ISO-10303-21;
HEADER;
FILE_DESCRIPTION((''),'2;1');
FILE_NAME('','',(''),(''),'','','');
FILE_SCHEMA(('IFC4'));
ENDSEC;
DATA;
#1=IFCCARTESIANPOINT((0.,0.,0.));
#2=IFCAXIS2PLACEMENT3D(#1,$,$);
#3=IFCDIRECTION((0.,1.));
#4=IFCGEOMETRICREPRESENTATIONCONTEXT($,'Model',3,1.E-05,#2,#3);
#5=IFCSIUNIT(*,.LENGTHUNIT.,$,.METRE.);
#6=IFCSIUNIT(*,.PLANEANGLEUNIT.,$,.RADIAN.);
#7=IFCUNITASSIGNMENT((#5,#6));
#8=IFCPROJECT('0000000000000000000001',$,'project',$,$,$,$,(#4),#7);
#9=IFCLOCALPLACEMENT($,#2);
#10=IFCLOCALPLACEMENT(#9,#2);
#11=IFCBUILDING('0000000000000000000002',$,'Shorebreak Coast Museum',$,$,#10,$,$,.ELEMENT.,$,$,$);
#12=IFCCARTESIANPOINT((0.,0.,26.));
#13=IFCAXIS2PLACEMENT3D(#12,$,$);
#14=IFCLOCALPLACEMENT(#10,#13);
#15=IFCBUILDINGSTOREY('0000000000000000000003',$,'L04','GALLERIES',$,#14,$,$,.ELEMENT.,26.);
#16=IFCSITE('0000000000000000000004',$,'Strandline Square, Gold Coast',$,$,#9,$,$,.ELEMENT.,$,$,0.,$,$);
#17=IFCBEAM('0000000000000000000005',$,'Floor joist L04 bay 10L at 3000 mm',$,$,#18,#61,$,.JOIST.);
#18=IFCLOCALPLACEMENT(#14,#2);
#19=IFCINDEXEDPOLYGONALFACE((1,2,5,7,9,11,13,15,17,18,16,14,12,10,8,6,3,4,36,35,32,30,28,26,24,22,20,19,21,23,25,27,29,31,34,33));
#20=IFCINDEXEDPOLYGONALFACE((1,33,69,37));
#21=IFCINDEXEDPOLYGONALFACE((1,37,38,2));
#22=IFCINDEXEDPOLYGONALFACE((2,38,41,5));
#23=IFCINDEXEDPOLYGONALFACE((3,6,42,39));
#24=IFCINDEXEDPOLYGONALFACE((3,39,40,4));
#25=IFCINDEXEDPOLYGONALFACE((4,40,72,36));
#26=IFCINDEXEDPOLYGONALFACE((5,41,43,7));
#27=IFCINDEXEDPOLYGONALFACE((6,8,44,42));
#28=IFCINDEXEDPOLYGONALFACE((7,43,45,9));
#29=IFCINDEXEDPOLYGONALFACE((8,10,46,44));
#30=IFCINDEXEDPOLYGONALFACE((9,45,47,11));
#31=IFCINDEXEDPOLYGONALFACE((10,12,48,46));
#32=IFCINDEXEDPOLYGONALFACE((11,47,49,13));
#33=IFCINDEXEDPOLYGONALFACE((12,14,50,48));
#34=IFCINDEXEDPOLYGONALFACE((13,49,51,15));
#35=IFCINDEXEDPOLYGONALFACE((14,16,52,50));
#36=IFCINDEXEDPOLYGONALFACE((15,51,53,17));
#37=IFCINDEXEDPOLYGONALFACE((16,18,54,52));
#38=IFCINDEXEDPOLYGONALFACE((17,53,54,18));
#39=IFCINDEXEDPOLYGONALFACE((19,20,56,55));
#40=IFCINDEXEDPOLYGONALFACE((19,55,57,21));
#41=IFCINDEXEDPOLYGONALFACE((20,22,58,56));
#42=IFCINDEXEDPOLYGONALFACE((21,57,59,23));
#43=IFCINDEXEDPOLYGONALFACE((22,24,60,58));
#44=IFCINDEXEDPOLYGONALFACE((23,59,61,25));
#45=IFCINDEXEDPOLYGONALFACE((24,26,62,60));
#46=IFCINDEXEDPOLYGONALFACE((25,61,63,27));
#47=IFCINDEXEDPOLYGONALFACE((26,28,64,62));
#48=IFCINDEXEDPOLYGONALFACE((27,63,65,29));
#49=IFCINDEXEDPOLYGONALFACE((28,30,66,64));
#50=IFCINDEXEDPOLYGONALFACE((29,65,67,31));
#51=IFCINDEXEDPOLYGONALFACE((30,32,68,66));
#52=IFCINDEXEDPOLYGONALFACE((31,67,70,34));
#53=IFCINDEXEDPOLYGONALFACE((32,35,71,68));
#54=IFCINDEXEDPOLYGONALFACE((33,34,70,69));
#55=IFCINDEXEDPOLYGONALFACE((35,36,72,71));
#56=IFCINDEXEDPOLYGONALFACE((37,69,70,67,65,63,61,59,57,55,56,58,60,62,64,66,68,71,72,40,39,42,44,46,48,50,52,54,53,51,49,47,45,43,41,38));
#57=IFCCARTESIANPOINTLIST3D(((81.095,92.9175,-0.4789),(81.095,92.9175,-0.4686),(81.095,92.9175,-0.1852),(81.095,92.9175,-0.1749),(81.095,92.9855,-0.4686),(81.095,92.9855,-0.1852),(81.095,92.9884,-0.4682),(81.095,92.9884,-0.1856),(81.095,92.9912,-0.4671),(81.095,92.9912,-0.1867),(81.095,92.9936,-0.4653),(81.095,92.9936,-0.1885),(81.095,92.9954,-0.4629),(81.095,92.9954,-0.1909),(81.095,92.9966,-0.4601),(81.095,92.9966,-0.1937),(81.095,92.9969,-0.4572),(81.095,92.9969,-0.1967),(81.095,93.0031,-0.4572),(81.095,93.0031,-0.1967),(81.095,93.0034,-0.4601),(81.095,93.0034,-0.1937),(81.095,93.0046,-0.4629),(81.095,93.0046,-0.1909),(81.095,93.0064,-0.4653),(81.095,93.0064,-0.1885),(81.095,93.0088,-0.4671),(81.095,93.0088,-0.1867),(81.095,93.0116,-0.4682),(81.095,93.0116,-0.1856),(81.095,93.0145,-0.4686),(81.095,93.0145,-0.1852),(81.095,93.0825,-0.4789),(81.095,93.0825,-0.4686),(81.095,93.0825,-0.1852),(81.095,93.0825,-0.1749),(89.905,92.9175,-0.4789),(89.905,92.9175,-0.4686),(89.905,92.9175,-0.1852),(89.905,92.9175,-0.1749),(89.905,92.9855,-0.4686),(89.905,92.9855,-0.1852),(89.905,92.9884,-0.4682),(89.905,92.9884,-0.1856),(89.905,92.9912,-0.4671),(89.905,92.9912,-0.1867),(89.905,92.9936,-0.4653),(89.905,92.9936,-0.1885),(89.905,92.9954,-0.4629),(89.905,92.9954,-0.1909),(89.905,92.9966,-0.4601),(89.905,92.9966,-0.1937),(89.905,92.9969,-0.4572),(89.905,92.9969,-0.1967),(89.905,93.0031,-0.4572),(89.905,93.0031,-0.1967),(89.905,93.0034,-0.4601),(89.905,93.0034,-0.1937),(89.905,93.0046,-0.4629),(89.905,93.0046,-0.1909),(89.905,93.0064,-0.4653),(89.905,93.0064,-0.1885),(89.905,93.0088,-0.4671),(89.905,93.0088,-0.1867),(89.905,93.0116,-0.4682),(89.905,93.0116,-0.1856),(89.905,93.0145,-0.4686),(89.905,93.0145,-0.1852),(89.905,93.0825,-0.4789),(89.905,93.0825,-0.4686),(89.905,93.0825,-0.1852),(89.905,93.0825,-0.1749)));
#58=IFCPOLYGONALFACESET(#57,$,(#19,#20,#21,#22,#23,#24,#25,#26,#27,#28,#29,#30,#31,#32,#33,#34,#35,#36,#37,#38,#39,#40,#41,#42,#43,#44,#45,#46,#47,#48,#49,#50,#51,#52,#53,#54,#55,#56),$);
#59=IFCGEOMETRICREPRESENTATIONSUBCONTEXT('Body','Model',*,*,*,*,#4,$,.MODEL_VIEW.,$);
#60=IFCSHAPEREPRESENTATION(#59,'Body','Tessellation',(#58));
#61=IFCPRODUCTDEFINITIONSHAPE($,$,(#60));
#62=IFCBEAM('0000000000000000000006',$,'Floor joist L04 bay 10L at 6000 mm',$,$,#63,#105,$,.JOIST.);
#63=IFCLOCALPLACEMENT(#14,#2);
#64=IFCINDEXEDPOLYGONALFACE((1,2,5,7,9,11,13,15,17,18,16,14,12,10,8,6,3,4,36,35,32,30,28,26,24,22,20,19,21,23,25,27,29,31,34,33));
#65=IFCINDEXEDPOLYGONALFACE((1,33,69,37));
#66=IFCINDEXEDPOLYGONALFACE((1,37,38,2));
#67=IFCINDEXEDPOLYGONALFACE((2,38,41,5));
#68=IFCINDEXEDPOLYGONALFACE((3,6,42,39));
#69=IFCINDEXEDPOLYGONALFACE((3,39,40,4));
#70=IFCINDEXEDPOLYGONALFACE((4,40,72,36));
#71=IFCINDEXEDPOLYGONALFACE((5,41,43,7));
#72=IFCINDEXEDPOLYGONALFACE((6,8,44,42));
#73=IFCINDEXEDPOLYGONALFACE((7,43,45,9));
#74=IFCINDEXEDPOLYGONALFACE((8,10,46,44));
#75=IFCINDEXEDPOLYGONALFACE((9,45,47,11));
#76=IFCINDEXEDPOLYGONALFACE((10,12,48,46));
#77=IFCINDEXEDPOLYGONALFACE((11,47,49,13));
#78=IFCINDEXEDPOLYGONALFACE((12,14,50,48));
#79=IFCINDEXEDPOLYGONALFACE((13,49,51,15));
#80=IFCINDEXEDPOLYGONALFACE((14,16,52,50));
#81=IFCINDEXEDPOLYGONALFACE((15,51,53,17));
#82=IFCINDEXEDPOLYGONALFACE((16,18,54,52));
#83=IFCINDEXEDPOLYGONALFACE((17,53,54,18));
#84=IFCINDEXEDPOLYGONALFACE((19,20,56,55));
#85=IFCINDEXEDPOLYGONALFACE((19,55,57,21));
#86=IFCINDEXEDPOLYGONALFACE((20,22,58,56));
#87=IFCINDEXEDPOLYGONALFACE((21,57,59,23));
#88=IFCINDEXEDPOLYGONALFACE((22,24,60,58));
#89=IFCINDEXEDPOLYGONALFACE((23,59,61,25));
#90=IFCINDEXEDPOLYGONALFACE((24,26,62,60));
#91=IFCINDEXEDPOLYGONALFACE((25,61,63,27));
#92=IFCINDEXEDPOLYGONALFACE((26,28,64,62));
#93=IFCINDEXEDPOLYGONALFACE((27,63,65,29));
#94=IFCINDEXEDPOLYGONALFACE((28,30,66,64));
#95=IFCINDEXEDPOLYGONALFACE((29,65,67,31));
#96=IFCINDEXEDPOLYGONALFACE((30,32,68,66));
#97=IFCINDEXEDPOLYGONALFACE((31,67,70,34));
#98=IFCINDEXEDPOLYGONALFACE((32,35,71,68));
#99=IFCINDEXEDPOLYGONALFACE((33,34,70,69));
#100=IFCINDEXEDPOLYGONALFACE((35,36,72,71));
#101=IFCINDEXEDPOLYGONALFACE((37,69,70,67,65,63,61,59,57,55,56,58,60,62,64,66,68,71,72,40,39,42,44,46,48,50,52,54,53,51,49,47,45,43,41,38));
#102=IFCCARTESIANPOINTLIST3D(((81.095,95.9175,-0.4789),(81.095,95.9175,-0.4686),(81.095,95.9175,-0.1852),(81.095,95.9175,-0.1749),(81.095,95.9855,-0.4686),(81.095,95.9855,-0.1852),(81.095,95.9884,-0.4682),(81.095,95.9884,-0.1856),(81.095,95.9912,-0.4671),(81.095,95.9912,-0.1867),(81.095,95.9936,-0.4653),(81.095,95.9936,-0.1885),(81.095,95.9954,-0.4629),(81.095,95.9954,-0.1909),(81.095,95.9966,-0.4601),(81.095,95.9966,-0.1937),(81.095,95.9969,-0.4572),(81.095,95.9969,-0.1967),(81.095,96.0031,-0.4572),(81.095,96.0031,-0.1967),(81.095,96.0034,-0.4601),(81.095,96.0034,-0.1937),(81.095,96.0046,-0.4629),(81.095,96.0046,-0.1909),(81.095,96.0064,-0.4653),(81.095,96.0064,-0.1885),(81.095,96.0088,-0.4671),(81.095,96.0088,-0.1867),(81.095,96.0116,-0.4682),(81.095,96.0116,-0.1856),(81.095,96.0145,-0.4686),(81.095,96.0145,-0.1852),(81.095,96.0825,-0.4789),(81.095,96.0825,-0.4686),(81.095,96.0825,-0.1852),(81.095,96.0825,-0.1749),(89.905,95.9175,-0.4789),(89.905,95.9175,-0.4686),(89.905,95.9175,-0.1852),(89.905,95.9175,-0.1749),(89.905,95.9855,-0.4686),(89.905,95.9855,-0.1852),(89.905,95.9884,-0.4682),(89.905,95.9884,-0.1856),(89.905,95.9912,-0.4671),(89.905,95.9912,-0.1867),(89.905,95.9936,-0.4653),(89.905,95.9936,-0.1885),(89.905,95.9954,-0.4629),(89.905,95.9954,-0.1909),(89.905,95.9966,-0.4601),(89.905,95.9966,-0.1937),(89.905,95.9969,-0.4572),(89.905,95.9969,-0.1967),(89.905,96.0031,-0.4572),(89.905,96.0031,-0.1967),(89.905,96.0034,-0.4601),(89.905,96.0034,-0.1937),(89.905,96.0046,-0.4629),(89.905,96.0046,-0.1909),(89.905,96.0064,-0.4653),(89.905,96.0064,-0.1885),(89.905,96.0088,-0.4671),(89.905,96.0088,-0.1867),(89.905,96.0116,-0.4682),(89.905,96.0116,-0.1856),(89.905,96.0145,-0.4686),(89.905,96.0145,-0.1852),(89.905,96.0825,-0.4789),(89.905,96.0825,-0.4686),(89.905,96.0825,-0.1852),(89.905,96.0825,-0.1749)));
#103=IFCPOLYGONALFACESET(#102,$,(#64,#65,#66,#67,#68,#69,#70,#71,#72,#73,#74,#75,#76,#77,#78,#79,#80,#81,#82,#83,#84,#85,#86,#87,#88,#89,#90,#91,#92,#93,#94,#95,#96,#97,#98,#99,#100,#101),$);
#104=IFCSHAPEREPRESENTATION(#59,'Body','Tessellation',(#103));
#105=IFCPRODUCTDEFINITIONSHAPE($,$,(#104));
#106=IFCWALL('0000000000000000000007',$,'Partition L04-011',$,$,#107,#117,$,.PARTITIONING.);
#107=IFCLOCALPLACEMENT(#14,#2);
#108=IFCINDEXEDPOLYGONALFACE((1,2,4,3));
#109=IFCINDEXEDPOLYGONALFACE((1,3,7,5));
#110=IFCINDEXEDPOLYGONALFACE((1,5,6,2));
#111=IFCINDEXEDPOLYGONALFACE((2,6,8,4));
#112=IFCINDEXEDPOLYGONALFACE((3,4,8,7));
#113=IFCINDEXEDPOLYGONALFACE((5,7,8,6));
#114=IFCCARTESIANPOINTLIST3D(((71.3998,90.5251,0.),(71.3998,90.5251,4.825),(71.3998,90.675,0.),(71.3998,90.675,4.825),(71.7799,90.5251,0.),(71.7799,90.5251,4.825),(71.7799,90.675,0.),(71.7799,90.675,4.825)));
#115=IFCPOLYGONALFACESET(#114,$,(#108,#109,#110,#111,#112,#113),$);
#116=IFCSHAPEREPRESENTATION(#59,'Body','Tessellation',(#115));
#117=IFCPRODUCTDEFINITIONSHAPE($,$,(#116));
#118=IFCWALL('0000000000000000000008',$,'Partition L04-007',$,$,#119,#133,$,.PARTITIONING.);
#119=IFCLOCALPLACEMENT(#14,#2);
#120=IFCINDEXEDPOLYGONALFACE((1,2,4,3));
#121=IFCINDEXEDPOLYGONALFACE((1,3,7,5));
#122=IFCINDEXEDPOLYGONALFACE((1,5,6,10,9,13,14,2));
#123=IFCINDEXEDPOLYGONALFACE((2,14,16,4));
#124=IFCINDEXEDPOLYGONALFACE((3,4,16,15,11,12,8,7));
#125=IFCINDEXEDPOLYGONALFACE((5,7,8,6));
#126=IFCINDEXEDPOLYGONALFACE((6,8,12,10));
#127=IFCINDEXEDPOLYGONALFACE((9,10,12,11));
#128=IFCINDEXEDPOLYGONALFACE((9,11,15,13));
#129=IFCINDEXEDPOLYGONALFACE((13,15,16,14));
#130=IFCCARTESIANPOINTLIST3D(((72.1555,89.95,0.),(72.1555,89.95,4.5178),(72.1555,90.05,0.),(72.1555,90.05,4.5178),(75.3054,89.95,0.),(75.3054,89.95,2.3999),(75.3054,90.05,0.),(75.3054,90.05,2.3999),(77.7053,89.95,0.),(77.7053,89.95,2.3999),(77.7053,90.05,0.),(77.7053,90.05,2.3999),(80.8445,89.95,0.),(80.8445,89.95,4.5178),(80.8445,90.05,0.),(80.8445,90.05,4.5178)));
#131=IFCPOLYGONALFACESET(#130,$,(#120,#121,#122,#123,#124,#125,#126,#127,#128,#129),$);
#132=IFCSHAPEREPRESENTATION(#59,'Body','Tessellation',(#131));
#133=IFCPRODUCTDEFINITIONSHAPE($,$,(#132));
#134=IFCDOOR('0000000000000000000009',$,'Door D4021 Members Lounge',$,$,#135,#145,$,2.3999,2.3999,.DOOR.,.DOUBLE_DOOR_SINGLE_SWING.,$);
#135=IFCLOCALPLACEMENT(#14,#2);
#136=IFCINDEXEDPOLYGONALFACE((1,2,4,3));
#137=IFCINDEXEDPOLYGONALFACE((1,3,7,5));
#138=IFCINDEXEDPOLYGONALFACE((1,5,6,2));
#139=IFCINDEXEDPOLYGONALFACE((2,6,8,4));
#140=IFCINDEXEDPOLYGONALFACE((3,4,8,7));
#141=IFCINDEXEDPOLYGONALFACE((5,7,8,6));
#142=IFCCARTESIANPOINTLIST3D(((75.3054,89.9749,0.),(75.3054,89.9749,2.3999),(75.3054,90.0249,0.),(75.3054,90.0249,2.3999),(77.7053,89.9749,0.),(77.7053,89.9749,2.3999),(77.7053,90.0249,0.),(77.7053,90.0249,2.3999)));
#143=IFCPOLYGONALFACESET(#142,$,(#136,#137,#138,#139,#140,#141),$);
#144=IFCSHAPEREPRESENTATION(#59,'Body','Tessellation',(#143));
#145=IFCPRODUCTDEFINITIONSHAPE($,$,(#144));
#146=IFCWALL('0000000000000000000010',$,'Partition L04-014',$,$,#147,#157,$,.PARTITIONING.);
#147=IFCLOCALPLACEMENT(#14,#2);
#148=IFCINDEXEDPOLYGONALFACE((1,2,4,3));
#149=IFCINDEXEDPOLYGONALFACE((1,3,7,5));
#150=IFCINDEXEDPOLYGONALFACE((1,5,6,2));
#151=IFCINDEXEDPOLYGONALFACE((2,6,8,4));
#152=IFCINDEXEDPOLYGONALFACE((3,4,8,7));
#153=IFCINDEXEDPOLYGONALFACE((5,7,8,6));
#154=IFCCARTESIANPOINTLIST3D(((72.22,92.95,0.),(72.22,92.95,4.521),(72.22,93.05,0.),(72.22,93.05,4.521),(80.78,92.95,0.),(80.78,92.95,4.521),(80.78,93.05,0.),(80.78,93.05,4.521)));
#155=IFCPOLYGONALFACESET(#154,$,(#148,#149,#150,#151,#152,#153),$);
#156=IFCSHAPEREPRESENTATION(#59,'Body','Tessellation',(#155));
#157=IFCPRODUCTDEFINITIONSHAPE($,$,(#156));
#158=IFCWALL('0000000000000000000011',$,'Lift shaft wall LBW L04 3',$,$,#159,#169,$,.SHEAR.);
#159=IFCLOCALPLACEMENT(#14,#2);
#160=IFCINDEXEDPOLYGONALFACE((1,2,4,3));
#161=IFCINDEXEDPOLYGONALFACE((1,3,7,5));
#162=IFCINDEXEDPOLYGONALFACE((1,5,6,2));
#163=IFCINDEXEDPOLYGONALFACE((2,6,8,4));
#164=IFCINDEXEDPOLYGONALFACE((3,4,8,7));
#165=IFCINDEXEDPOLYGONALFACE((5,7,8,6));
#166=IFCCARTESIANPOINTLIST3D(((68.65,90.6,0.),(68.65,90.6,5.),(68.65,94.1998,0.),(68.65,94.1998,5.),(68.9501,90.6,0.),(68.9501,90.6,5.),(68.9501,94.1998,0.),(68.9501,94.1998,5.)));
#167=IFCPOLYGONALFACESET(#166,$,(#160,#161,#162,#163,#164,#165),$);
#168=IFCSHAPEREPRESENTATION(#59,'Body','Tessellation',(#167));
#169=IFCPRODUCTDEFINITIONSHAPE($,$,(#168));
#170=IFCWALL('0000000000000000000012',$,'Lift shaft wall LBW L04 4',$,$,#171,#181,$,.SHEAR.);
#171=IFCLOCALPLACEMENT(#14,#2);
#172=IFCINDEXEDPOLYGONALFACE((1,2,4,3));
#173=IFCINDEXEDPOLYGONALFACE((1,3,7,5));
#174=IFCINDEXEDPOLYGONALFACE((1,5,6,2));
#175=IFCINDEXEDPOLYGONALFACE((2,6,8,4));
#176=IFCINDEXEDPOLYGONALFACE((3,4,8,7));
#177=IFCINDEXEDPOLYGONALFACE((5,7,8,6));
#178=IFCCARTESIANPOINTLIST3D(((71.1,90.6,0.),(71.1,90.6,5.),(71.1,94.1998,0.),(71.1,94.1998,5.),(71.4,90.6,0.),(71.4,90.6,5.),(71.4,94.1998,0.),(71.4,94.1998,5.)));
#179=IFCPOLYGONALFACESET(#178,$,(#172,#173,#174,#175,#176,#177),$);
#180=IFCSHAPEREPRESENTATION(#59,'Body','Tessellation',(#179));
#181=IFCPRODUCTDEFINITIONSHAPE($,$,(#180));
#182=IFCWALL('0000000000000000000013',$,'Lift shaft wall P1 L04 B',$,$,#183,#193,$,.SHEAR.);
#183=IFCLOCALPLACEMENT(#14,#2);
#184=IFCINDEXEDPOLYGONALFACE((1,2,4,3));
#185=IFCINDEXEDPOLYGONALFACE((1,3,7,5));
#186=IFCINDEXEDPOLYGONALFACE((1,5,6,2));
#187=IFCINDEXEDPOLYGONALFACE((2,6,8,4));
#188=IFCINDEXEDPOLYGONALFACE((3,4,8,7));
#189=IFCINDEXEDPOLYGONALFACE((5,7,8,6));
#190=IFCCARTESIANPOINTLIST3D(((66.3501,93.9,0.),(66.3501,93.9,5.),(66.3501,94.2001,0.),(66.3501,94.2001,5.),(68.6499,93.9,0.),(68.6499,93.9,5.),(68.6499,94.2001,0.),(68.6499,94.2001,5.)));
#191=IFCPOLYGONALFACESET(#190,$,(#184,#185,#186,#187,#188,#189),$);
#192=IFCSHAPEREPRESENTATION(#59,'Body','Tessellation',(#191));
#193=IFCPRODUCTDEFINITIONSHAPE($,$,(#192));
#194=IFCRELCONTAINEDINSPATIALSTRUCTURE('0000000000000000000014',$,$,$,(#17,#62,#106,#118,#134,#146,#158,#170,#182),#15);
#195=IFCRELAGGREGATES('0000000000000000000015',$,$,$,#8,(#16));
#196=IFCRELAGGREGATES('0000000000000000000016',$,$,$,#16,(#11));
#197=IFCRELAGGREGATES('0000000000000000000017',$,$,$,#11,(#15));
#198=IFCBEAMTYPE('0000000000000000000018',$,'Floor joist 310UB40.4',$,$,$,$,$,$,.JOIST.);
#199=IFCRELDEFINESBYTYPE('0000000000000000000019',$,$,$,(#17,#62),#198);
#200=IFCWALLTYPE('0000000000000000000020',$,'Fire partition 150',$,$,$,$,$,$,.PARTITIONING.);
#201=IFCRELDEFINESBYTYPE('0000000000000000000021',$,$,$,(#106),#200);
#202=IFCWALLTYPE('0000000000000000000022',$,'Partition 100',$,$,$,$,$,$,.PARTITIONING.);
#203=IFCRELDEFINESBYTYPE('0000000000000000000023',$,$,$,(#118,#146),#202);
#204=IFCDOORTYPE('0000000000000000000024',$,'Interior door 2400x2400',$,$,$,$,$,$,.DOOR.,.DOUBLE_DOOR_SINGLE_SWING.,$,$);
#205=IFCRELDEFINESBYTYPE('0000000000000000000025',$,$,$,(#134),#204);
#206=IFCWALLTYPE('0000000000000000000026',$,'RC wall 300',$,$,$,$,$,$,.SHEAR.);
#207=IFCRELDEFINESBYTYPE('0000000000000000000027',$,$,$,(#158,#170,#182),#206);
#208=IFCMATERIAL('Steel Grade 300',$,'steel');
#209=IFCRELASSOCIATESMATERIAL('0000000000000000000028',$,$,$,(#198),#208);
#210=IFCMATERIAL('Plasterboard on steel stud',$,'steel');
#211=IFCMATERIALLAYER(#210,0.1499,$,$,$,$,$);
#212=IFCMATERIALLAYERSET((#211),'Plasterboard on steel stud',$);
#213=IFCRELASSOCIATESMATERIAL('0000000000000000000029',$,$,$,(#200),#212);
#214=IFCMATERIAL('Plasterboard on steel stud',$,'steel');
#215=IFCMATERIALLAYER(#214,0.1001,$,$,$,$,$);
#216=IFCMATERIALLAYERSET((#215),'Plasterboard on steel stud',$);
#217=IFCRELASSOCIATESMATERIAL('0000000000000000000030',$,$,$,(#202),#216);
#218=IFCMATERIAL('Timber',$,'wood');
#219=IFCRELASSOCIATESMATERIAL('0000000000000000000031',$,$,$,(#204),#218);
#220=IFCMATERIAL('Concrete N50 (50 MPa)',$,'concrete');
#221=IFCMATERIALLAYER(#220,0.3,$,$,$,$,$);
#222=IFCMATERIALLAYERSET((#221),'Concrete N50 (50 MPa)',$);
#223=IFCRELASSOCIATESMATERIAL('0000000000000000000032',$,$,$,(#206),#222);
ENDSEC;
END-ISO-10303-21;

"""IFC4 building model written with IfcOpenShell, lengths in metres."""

from ifc_helpers import new_model, si_unit, direction, frame, frame_2d, origin, origin_2d, place, context, subcontext, project, spatial, rectangle, i_section, extrude, material, layer, layer_set, material_profile, profile_set, type_object, element, fill, save


model = new_model("IFC4")

# Units and contexts
model_context = context("Model", 3, precision=1e-05, world=origin(), true_north=direction((0.0, 1.0)))
body_context = subcontext(model_context, "Body", "Model", "MODEL_VIEW")
ifc_project = project(units=[si_unit("LENGTHUNIT", "METRE"), si_unit("PLANEANGLEUNIT", "RADIAN")], contexts=[model_context])

# Site, building, storey
site_placement = place(None, origin())
site = spatial("IfcSite", under=ifc_project, at=site_placement, Name="Strandline Square, Gold Coast", CompositionType="ELEMENT", RefElevation=0.0)
building_placement = place(site_placement, origin())
building = spatial("IfcBuilding", under=site, at=building_placement, Name="Shorebreak Coast Museum", CompositionType="ELEMENT")
storey_placement = place(building_placement, frame((0.0, 0.0, 26.0)))
storey = spatial("IfcBuildingStorey", under=building, at=storey_placement, Name="L04", Description="GALLERIES", CompositionType="ELEMENT", Elevation=26.0)

# Beams
ifc_material_1 = material(Name="Steel Grade 300", Category="steel")
ifc_material_profile_1 = material_profile(ifc_material_1, i_section(OverallWidth=0.165, OverallDepth=0.304, WebThickness=0.0061, FlangeThickness=0.0103, FilletRadius=0.0115, at=origin_2d()), Name="310UB40.4")
ifc_profile_set_1 = profile_set([ifc_material_profile_1], Name="Steel Grade 300")
beam_type_1 = type_object("IfcBeamType", Name="Floor joist 310UB40.4", PredefinedType="JOIST", material=ifc_profile_set_1)
for number, where, z_axis, x_axis, name in (
    (1, (81.095, 93.0, -0.3269), (1.0, 0.0, 0.0), (0.0, 1.0, 0.0), "Floor joist L04 bay 10L at 3000 mm"),
    (2, (81.095, 96.0, -0.3269), (1.0, 0.0, 0.0), (0.0, 1.0, 0.0), "Floor joist L04 bay 10L at 6000 mm"),
):
    element("IfcBeam", number, at=place(storey_placement, frame(where, z_axis=z_axis, x_axis=x_axis)), inside=storey, type_object=beam_type_1, Name=name, PredefinedType="JOIST", context=body_context, shape_type="SweptSolid", body=[
        extrude(i_section(OverallWidth=0.165, OverallDepth=0.304, WebThickness=0.0061, FlangeThickness=0.0103, FilletRadius=0.0115, at=origin_2d()), origin(), (0.0, 0.0, 1.0), 8.8101),
    ])

# Wall
ifc_material_2 = material(Name="Plasterboard on steel stud", Category="steel")
ifc_layer_1 = layer(ifc_material_2, 0.1499)
ifc_layer_set_1 = layer_set([ifc_layer_1], Name="Plasterboard on steel stud")
wall_type_1 = type_object("IfcWallType", Name="Fire partition 150", PredefinedType="PARTITIONING", material=ifc_layer_set_1)
wall_1_placement = place(storey_placement, frame((71.3999, 90.6001, 0.0), z_axis=(0.0, 0.0, 1.0), x_axis=(1.0, 0.0, 0.0)))
element("IfcWall", 3, at=wall_1_placement, inside=storey, type_object=wall_type_1, Name="Partition L04-011", PredefinedType="PARTITIONING", context=body_context, shape_type="SweptSolid", body=[
    extrude(rectangle(XDim=0.3801, YDim=0.1499, at=frame_2d((0.1899, 0.0))), origin(), (0.0, 0.0, 1.0), 4.825),
])

# Wall, opening, door
ifc_material_3 = material(Name="Plasterboard on steel stud", Category="steel")
ifc_layer_2 = layer(ifc_material_3, 0.1001)
ifc_layer_set_2 = layer_set([ifc_layer_2], Name="Plasterboard on steel stud")
wall_type_2 = type_object("IfcWallType", Name="Partition 100", PredefinedType="PARTITIONING", material=ifc_layer_set_2)
wall_2_placement = place(storey_placement, frame((72.1555, 90.0, 0.0), z_axis=(0.0, 0.0, 1.0), x_axis=(1.0, 0.0, 0.0)))
wall_2 = element("IfcWall", 4, at=wall_2_placement, inside=storey, type_object=wall_type_2, Name="Partition L04-007", PredefinedType="PARTITIONING", context=body_context, shape_type="SweptSolid", body=[
    extrude(rectangle(XDim=8.689, YDim=0.1001, at=frame_2d((4.3445, 0.0))), origin(), (0.0, 0.0, 1.0), 4.5178),
])
opening_1_placement = place(wall_2_placement, frame((3.1499, 0.0, 0.0)))
opening_1 = element("IfcOpeningElement", 5, at=opening_1_placement, cuts=wall_2, PredefinedType="OPENING", context=body_context, shape_type="SweptSolid", body=[
    extrude(rectangle(XDim=2.3999, YDim=2.3999, at=frame_2d((1.2, 1.2))), frame((0.0, 0.0601, 0.0), z_axis=(0.0, -1.0, 0.0), x_axis=(1.0, 0.0, 0.0)), (0.0, 0.0, 1.0), 0.1201),
])
ifc_material_4 = material(Name="Timber", Category="wood")
door_type_1 = type_object("IfcDoorType", Name="Interior door 2400x2400", OperationType="DOUBLE_DOOR_SINGLE_SWING", PredefinedType="DOOR", material=ifc_material_4)
door_1_placement = place(opening_1_placement, origin())
door_1 = element("IfcDoor", 6, at=door_1_placement, inside=storey, type_object=door_type_1, Name="Door D4021 Members Lounge", OperationType="DOUBLE_DOOR_SINGLE_SWING", OverallHeight=2.3999, OverallWidth=2.3999, PredefinedType="DOOR", context=body_context, shape_type="SweptSolid", body=[
    extrude(rectangle(XDim=2.3999, YDim=2.3999, at=frame_2d((1.2, 1.2))), frame((0.0, 0.0249, 0.0), z_axis=(0.0, -1.0, 0.0), x_axis=(1.0, 0.0, 0.0)), (0.0, 0.0, 1.0), 0.05),
])
fill(opening_1, door_1)

# Walls
wall_3_placement = place(storey_placement, frame((72.22, 93.0, 0.0), z_axis=(0.0, 0.0, 1.0), x_axis=(1.0, 0.0, 0.0)))
element("IfcWall", 7, at=wall_3_placement, inside=storey, type_object=wall_type_2, Name="Partition L04-014", PredefinedType="PARTITIONING", context=body_context, shape_type="SweptSolid", body=[
    extrude(rectangle(XDim=8.5601, YDim=0.1001, at=frame_2d((4.28, 0.0))), origin(), (0.0, 0.0, 1.0), 4.521),
])
ifc_material_5 = material(Name="Concrete N50 (50 MPa)", Category="concrete")
ifc_layer_3 = layer(ifc_material_5, 0.3)
ifc_layer_set_3 = layer_set([ifc_layer_3], Name="Concrete N50 (50 MPa)")
wall_type_3 = type_object("IfcWallType", Name="RC wall 300", PredefinedType="SHEAR", material=ifc_layer_set_3)
for number, where, z_axis, x_axis, name in (
    (8, (68.8, 90.6001, 0.0), (0.0, 0.0, 1.0), (0.0, 1.0, 0.0), "Lift shaft wall LBW L04 3"),
    (9, (71.25, 90.6001, 0.0), (0.0, 0.0, 1.0), (0.0, 1.0, 0.0), "Lift shaft wall LBW L04 4"),
):
    element("IfcWall", number, at=place(storey_placement, frame(where, z_axis=z_axis, x_axis=x_axis)), inside=storey, type_object=wall_type_3, Name=name, PredefinedType="SHEAR", context=body_context, shape_type="SweptSolid", body=[
        extrude(rectangle(XDim=3.5999, YDim=0.3, at=frame_2d((1.7998, 0.0))), origin(), (0.0, 0.0, 1.0), 5.0),
    ])
wall_4_placement = place(storey_placement, frame((66.3501, 94.05, 0.0), z_axis=(0.0, 0.0, 1.0), x_axis=(1.0, 0.0, 0.0)))
element("IfcWall", 10, at=wall_4_placement, inside=storey, type_object=wall_type_3, Name="Lift shaft wall P1 L04 B", PredefinedType="SHEAR", context=body_context, shape_type="SweptSolid", body=[
    extrude(rectangle(XDim=2.2998, YDim=0.3, at=frame_2d((1.1499, 0.0))), origin(), (0.0, 0.0, 1.0), 5.0),
])

save(model, "model.ifc")
